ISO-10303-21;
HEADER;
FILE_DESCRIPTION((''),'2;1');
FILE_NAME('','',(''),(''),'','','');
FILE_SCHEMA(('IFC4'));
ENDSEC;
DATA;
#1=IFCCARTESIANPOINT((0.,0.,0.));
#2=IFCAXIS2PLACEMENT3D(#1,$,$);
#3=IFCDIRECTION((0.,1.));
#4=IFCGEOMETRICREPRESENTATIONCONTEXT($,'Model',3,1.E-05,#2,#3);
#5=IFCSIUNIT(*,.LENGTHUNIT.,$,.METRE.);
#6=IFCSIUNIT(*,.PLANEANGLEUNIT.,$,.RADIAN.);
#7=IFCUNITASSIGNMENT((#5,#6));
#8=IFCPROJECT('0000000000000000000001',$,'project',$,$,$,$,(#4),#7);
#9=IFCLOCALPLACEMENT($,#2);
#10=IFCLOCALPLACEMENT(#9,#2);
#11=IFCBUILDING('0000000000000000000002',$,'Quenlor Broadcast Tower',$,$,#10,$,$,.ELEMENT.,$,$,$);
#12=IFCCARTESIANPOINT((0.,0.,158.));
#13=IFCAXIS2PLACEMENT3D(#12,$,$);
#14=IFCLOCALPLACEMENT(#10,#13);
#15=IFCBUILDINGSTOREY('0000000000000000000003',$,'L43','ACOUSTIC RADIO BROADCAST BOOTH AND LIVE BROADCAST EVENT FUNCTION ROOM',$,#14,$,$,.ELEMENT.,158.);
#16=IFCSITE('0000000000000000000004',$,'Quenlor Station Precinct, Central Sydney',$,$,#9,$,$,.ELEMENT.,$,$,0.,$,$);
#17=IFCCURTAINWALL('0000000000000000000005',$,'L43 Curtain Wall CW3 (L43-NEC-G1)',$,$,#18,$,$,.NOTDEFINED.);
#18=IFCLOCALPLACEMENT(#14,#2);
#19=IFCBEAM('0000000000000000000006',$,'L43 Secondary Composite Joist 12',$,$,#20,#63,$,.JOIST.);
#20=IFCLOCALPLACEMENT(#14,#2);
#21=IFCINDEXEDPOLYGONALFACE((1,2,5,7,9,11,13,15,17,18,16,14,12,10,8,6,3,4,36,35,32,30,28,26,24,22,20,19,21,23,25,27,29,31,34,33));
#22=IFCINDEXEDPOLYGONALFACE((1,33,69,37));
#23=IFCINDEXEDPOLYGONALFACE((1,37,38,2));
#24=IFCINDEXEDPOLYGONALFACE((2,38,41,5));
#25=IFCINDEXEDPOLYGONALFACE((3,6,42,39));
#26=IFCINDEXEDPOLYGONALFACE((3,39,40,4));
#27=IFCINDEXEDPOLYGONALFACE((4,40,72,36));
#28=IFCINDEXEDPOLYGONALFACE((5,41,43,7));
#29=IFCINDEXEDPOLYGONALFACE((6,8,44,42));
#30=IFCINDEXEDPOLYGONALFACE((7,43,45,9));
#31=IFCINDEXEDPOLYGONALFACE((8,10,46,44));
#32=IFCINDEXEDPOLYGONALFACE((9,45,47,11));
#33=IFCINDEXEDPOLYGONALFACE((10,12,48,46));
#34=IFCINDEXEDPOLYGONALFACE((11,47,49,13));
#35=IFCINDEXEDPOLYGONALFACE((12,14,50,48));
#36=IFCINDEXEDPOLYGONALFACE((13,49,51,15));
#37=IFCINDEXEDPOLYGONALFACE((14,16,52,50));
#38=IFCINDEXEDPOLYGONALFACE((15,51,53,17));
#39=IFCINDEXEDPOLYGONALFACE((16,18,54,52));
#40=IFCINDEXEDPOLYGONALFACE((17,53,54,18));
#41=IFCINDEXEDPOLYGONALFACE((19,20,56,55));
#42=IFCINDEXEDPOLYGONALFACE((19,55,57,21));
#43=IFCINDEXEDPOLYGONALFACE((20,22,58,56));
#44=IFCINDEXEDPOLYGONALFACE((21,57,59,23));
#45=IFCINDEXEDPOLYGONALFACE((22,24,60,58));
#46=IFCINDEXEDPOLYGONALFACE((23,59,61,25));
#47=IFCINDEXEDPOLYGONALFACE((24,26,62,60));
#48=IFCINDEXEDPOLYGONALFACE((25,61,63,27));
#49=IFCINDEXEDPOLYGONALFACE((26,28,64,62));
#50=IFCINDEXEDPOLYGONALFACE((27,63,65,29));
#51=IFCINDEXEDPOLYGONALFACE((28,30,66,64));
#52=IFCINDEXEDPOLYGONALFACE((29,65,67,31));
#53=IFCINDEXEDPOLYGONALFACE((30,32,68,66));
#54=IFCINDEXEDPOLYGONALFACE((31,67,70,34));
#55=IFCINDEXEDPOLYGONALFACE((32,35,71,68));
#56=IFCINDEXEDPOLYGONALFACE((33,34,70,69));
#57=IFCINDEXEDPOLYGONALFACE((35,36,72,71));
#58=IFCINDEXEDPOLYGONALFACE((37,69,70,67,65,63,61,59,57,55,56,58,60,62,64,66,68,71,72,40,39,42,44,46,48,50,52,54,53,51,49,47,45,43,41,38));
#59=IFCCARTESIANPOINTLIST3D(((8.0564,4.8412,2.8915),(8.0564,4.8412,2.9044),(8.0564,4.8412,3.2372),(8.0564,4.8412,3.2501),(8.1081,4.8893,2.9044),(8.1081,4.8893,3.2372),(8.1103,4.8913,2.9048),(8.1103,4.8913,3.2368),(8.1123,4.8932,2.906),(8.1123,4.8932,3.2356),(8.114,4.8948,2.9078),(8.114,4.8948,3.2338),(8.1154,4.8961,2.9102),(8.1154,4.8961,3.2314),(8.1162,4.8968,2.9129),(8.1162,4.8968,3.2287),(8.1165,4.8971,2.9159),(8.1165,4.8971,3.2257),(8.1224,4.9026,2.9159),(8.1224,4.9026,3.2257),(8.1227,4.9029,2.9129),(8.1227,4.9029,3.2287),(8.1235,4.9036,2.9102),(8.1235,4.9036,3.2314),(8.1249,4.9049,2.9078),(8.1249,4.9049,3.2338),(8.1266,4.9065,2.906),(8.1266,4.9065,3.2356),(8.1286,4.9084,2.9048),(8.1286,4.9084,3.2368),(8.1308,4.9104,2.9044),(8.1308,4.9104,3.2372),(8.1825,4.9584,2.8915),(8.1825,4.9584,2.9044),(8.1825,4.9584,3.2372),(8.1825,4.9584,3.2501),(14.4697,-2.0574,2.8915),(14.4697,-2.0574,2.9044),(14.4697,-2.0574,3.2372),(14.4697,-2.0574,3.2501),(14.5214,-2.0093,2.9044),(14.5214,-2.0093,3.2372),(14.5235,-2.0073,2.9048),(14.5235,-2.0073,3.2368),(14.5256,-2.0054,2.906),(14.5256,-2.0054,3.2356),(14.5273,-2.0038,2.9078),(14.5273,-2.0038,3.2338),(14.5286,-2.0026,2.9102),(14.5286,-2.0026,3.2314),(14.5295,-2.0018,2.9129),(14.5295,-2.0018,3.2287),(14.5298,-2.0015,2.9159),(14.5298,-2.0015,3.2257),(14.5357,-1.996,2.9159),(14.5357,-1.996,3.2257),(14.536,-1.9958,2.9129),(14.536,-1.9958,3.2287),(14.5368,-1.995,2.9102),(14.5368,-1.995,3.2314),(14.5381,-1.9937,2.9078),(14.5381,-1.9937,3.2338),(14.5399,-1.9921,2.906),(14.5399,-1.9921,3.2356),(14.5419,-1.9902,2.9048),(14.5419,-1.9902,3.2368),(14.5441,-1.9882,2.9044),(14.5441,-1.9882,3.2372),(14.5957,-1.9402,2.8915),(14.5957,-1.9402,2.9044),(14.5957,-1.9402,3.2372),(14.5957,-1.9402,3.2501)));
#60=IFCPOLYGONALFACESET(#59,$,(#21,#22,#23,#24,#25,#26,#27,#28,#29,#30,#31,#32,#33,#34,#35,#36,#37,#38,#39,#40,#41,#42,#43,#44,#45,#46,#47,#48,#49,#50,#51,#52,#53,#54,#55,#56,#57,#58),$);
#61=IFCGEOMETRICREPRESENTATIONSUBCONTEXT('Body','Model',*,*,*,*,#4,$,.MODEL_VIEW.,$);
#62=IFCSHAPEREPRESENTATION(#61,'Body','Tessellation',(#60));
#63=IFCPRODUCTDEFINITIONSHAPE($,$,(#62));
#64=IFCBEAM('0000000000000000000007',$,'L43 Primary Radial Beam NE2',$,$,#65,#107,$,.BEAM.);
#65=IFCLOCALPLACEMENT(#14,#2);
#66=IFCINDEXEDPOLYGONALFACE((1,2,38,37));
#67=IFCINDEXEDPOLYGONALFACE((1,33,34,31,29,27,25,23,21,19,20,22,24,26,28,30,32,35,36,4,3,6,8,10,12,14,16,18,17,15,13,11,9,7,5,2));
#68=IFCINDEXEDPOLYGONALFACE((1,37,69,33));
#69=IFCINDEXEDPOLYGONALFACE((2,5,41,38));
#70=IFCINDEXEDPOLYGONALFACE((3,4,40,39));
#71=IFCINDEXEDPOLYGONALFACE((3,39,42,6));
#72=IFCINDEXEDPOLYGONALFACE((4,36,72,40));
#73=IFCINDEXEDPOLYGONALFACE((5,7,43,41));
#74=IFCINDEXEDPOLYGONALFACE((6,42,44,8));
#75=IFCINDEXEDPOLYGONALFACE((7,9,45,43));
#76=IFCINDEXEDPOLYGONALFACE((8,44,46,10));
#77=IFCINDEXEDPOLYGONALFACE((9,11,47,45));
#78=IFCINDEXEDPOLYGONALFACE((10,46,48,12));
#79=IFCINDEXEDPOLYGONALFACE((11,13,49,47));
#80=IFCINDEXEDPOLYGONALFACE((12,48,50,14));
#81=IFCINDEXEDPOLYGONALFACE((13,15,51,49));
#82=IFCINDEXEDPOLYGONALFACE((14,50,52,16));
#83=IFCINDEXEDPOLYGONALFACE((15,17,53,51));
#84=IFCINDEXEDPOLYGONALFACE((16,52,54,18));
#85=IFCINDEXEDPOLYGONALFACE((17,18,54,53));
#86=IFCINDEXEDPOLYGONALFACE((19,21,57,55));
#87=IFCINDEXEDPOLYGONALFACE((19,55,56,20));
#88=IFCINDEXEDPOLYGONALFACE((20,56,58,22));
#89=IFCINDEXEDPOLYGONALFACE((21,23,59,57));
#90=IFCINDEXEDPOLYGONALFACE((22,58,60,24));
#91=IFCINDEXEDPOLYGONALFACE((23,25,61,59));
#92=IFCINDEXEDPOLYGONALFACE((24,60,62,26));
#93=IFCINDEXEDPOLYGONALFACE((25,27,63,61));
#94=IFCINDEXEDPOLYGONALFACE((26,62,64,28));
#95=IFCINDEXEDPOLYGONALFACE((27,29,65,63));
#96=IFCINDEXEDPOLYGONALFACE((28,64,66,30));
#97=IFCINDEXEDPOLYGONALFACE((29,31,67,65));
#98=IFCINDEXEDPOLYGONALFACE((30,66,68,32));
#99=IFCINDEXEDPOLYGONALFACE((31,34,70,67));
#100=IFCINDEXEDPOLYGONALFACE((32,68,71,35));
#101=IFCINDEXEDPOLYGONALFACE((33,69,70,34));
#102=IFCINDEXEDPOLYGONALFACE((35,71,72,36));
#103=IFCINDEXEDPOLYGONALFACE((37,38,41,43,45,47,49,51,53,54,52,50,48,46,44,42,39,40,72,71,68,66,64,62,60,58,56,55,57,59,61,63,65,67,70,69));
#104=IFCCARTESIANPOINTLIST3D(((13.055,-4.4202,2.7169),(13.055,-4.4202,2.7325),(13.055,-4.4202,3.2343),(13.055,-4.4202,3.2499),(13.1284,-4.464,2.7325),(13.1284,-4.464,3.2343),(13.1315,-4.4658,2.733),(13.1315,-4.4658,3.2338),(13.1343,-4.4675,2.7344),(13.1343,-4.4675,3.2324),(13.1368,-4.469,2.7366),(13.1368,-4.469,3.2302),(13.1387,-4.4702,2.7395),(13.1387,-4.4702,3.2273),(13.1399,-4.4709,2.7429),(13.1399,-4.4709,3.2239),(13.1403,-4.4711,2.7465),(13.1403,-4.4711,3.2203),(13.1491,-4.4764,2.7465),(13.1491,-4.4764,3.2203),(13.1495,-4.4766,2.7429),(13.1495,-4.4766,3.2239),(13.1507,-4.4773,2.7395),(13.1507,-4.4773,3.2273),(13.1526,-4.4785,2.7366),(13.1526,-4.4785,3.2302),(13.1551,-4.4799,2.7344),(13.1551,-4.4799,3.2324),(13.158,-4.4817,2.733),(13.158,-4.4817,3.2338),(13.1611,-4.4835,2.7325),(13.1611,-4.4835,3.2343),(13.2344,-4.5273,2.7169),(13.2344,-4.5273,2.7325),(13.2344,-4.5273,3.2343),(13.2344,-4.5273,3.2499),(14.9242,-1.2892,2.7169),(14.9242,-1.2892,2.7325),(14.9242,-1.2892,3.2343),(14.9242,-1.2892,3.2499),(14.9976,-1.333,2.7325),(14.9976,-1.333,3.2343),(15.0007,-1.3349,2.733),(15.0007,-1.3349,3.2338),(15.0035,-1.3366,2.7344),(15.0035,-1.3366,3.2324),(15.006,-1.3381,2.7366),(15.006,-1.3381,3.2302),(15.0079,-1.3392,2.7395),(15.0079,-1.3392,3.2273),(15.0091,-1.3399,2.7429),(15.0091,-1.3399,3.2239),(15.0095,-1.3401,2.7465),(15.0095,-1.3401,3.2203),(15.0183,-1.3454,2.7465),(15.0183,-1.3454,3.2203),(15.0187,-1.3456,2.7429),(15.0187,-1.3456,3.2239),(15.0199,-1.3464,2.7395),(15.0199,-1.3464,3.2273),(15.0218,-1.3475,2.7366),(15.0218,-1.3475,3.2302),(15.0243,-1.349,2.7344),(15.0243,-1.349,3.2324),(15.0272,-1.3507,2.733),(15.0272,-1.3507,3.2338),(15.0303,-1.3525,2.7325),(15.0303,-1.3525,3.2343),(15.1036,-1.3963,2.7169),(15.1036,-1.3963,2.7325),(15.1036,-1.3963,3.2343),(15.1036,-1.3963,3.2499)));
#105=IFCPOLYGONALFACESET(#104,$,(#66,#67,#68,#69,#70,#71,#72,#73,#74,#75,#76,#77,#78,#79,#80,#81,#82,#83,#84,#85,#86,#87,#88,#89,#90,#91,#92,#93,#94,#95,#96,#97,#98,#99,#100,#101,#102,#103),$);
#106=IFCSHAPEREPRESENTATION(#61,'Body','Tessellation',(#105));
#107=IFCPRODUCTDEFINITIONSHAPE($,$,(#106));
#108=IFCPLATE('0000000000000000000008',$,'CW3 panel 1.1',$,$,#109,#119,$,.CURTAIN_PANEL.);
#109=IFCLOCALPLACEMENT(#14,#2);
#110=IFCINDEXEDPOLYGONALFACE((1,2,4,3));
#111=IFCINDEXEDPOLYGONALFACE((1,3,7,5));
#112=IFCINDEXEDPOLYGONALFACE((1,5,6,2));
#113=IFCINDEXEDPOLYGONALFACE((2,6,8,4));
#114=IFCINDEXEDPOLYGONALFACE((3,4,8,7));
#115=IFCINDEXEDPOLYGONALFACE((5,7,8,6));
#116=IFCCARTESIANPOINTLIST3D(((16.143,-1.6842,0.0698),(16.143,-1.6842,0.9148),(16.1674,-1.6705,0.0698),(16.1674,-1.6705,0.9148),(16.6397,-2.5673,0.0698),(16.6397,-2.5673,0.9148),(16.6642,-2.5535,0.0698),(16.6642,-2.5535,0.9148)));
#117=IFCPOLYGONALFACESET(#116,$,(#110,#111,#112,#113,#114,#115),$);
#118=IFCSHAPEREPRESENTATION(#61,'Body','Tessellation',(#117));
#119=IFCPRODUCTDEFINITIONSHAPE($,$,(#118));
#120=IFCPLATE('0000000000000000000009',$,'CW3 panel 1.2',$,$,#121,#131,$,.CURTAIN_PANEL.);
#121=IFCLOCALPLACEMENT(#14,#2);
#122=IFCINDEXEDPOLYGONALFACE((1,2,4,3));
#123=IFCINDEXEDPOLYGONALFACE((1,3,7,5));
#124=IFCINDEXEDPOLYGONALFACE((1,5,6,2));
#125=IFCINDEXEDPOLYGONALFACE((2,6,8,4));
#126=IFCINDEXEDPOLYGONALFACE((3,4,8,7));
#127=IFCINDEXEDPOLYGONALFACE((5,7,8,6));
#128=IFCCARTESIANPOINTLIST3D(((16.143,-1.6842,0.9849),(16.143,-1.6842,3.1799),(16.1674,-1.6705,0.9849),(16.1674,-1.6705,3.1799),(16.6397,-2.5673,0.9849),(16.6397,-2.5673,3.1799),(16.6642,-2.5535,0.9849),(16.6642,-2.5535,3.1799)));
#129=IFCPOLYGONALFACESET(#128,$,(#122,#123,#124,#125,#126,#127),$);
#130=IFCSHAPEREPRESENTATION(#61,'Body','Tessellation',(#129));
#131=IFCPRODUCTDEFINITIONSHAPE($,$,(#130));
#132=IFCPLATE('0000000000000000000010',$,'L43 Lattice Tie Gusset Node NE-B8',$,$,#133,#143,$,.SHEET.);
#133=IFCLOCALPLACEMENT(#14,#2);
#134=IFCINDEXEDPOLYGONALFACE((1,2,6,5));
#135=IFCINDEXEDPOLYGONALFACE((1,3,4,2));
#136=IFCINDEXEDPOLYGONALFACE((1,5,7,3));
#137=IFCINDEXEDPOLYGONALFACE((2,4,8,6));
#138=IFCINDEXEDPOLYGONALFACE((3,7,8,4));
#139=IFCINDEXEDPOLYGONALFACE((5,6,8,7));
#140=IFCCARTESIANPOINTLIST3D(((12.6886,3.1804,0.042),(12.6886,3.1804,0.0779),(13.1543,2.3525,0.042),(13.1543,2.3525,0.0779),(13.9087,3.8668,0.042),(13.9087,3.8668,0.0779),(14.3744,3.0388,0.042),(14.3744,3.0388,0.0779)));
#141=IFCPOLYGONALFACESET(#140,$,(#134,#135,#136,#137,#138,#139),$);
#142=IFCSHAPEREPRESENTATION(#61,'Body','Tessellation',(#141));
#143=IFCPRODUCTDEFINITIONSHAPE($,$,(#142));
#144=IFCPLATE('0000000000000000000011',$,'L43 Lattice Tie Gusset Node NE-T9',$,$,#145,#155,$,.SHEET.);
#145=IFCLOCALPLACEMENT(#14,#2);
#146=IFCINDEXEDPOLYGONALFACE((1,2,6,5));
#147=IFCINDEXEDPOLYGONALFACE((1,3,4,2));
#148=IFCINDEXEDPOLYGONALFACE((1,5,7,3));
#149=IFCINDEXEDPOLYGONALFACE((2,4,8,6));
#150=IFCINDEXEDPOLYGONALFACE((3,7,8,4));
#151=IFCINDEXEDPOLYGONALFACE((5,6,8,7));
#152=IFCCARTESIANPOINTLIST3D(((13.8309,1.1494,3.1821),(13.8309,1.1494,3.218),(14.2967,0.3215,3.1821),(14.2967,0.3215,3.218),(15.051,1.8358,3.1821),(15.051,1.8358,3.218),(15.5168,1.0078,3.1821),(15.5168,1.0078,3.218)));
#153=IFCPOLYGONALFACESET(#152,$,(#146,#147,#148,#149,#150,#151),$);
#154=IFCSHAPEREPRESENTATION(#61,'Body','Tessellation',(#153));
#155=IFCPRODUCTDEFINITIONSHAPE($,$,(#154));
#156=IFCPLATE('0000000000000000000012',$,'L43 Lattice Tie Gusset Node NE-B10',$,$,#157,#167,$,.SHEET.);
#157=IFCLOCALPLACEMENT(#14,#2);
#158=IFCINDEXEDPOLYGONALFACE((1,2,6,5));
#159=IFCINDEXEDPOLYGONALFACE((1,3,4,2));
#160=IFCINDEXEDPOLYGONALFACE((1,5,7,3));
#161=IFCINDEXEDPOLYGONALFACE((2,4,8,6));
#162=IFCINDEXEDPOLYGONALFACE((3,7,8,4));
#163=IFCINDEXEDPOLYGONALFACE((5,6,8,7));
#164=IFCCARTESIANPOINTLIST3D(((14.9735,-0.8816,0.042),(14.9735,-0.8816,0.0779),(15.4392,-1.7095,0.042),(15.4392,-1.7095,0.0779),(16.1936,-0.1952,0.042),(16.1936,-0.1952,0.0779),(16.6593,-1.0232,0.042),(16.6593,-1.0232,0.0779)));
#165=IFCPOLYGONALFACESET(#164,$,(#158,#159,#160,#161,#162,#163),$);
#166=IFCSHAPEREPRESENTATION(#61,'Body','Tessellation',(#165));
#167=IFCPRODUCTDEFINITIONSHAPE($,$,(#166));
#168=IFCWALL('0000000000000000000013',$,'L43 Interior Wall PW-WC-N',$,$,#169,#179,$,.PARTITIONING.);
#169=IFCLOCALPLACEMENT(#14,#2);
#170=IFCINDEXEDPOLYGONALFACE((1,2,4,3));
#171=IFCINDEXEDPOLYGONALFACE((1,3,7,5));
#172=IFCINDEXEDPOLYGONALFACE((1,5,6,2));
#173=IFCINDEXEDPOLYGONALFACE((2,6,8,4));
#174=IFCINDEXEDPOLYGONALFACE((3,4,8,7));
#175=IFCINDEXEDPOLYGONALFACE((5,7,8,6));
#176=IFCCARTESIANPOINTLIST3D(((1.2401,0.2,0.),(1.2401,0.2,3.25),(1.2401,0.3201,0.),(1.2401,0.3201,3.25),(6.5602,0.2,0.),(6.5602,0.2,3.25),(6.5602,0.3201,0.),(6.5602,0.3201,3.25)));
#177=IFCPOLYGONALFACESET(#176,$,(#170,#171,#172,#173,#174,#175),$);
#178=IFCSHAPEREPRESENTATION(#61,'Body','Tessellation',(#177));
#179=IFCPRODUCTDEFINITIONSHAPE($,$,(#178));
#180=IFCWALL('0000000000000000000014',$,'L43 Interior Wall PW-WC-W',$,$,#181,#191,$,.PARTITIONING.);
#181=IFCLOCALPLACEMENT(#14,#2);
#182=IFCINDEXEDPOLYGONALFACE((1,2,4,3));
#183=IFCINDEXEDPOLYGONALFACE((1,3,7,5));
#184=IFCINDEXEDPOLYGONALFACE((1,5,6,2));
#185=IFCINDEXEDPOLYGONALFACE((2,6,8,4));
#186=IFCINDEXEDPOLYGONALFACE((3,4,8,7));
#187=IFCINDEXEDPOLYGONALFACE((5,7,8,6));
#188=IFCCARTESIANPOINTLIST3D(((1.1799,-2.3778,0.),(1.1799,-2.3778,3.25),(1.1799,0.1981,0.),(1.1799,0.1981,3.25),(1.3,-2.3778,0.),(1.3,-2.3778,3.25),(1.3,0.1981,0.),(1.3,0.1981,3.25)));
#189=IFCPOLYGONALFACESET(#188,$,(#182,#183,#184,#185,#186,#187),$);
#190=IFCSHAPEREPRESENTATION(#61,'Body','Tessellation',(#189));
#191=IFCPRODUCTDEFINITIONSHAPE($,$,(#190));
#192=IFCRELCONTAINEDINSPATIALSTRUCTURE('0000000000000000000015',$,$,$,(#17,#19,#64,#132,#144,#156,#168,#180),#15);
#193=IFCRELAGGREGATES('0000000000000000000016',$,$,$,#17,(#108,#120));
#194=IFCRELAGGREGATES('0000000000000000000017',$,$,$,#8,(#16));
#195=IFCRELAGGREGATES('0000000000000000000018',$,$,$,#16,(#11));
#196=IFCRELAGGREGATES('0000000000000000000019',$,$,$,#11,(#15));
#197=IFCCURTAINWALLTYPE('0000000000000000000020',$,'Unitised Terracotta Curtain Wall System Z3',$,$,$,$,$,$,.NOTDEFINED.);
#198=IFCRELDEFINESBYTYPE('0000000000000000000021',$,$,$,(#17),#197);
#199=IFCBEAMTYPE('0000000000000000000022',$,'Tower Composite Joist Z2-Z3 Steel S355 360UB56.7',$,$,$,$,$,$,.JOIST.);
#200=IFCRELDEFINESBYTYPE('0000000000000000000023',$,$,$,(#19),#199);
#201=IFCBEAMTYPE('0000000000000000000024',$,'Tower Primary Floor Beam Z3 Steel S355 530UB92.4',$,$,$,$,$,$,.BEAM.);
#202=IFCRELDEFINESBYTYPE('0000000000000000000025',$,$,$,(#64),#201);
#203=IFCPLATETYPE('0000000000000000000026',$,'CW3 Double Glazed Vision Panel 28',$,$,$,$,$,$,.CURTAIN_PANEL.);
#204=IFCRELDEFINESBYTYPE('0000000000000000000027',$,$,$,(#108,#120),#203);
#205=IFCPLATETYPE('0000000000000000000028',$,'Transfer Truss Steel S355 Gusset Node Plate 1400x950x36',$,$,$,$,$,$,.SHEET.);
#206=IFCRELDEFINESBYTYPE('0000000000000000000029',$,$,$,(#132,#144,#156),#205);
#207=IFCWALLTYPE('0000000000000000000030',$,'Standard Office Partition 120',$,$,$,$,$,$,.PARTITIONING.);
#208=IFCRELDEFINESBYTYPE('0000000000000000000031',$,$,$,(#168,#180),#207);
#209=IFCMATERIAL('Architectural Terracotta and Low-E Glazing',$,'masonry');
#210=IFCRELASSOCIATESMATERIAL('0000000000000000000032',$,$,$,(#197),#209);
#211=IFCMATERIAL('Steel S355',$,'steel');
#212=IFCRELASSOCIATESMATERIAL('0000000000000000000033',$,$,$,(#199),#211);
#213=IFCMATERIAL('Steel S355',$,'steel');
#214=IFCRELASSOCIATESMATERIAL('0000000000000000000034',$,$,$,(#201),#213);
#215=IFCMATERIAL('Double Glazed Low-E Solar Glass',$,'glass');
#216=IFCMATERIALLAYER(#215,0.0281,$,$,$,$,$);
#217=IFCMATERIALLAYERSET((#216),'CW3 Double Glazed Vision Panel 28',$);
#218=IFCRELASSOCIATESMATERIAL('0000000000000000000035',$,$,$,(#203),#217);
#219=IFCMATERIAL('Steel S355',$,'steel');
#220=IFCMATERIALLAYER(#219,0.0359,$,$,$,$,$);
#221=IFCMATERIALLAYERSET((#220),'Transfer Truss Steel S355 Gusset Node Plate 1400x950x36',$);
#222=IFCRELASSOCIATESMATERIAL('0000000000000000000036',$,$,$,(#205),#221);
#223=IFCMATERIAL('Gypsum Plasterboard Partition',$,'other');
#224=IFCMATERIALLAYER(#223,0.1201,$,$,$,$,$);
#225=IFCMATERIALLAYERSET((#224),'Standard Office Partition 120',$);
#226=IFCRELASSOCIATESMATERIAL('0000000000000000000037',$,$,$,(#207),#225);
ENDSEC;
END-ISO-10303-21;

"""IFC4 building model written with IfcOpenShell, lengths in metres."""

from ifc_helpers import new_model, si_unit, direction, frame, frame_2d, origin, origin_2d, place, context, subcontext, project, spatial, rectangle, i_section, extrude, material, layer, layer_set, material_profile, profile_set, type_object, element, aggregate, save


model = new_model("IFC4")

# Units and contexts
model_context = context("Model", 3, precision=1e-05, world=origin(), true_north=direction((0.0, 1.0)))
body_context = subcontext(model_context, "Body", "Model", "MODEL_VIEW")
ifc_project = project(units=[si_unit("LENGTHUNIT", "METRE"), si_unit("PLANEANGLEUNIT", "RADIAN")], contexts=[model_context])

# Site, building, storey
site_placement = place(None, origin())
site = spatial("IfcSite", under=ifc_project, at=site_placement, Name="Quenlor Station Precinct, Central Sydney", CompositionType="ELEMENT", RefElevation=0.0)
building_placement = place(site_placement, origin())
building = spatial("IfcBuilding", under=site, at=building_placement, Name="Quenlor Broadcast Tower", CompositionType="ELEMENT")
storey_placement = place(building_placement, frame((0.0, 0.0, 158.0)))
storey = spatial("IfcBuildingStorey", under=building, at=storey_placement, Name="L43", Description="ACOUSTIC RADIO BROADCAST BOOTH AND LIVE BROADCAST EVENT FUNCTION ROOM", CompositionType="ELEMENT", Elevation=158.0)

# Curtain wall
ifc_material_1 = material(Name="Architectural Terracotta and Low-E Glazing", Category="masonry")
curtain_wall_type = type_object("IfcCurtainWallType", Name="Unitised Terracotta Curtain Wall System Z3", PredefinedType="NOTDEFINED", material=ifc_material_1)
curtain_wall_placement = place(storey_placement, origin())
curtain_wall = element("IfcCurtainWall", 1, at=curtain_wall_placement, inside=storey, type_object=curtain_wall_type, Name="L43 Curtain Wall CW3 (L43-NEC-G1)", PredefinedType="NOTDEFINED")

# Beams
ifc_material_2 = material(Name="Steel S355", Category="steel")
ifc_material_profile_1 = material_profile(ifc_material_2, i_section(OverallWidth=0.1721, OverallDepth=0.3586, WebThickness=0.0081, FlangeThickness=0.0129, FilletRadius=0.0115, at=origin_2d()))
ifc_profile_set_1 = profile_set([ifc_material_profile_1], Name="Steel S355 360UB56.7")
beam_type_1 = type_object("IfcBeamType", Name="Tower Composite Joist Z2-Z3 Steel S355 360UB56.7", PredefinedType="JOIST", material=ifc_profile_set_1)
beam_1_placement = place(storey_placement, frame((14.5327, -1.9988, 3.0708), z_axis=(-0.680874, 0.732401, 0.0), x_axis=(-0.732401, -0.680874, 0.0)))
element("IfcBeam", 2, at=beam_1_placement, inside=storey, type_object=beam_type_1, Name="L43 Secondary Composite Joist 12", PredefinedType="JOIST", context=body_context, shape_type="SweptSolid", body=[
    extrude(i_section(OverallWidth=0.1721, OverallDepth=0.3586, WebThickness=0.0081, FlangeThickness=0.0129, FilletRadius=0.0115, at=origin_2d()), origin(), (0.0, 0.0, 1.0), 9.4192),
])
ifc_material_3 = material(Name="Steel S355", Category="steel")
ifc_material_profile_2 = material_profile(ifc_material_3, i_section(OverallWidth=0.209, OverallDepth=0.533, WebThickness=0.0103, FlangeThickness=0.0156, FilletRadius=0.0139, at=origin_2d()))
ifc_profile_set_2 = profile_set([ifc_material_profile_2], Name="Steel S355 530UB92.4")
beam_type_2 = type_object("IfcBeamType", Name="Tower Primary Floor Beam Z3 Steel S355 530UB92.4", PredefinedType="BEAM", material=ifc_profile_set_2)
beam_2_placement = place(storey_placement, frame((15.0139, -1.3428, 2.9834), z_axis=(-0.512604, -0.858625, 0.0), x_axis=(0.858625, -0.512604, 0.0)))
element("IfcBeam", 3, at=beam_2_placement, inside=storey, type_object=beam_type_2, Name="L43 Primary Radial Beam NE2", PredefinedType="BEAM", context=body_context, shape_type="SweptSolid", body=[
    extrude(i_section(OverallWidth=0.209, OverallDepth=0.533, WebThickness=0.0103, FlangeThickness=0.0156, FilletRadius=0.0139, at=origin_2d()), origin(), (0.0, 0.0, 1.0), 3.6465),
])

# Plates
ifc_material_4 = material(Name="Double Glazed Low-E Solar Glass", Category="glass")
ifc_layer_1 = layer(ifc_material_4, 0.0281)
ifc_layer_set_1 = layer_set([ifc_layer_1], Name="CW3 Double Glazed Vision Panel 28")
plate_type_1 = type_object("IfcPlateType", Name="CW3 Double Glazed Vision Panel 28", PredefinedType="CURTAIN_PANEL", material=ifc_layer_set_1)
plate_1_placement = place(storey_placement, frame((16.4036, -2.1189, 0.0698), z_axis=(0.0, 0.0, 1.0), x_axis=(0.490253, -0.87158, 0.0)))
plate_1 = element("IfcPlate", 4, at=plate_1_placement, type_object=plate_type_1, Name="CW3 panel 1.1", PredefinedType="CURTAIN_PANEL", context=body_context, shape_type="SweptSolid", body=[
    extrude(rectangle(XDim=1.0132, YDim=0.0281, at=origin_2d()), origin(), (0.0, 0.0, 1.0), 0.845),
])
plate_2_placement = place(storey_placement, frame((16.4036, -2.1189, 0.9849), z_axis=(0.0, 0.0, 1.0), x_axis=(0.490253, -0.87158, 0.0)))
plate_2 = element("IfcPlate", 5, at=plate_2_placement, type_object=plate_type_1, Name="CW3 panel 1.2", PredefinedType="CURTAIN_PANEL", context=body_context, shape_type="SweptSolid", body=[
    extrude(rectangle(XDim=1.0132, YDim=0.0281, at=origin_2d()), origin(), (0.0, 0.0, 1.0), 2.1951),
])
aggregate(curtain_wall, [plate_1, plate_2])

# Plates
ifc_material_5 = material(Name="Steel S355", Category="steel")
ifc_layer_2 = layer(ifc_material_5, 0.0359)
ifc_layer_set_2 = layer_set([ifc_layer_2], Name="Transfer Truss Steel S355 Gusset Node Plate 1400x950x36")
plate_type_2 = type_object("IfcPlateType", Name="Transfer Truss Steel S355 Gusset Node Plate 1400x950x36", PredefinedType="SHEET", material=ifc_layer_set_2)
for number, where, z_axis, x_axis, name in (
    (6, (13.5315, 3.1096, 0.042), (0.0, 0.0, 1.0), (0.871556, 0.490295, 0.0), "L43 Lattice Tie Gusset Node NE-B8"),
    (7, (14.6738, 1.0786, 3.1821), (0.0, 0.0, 1.0), (0.871556, 0.490295, 0.0), "L43 Lattice Tie Gusset Node NE-T9"),
    (8, (15.8164, -0.9524, 0.042), (0.0, 0.0, 1.0), (0.871556, 0.490295, 0.0), "L43 Lattice Tie Gusset Node NE-B10"),
):
    element("IfcPlate", number, at=place(storey_placement, frame(where, z_axis=z_axis, x_axis=x_axis)), inside=storey, type_object=plate_type_2, Name=name, PredefinedType="SHEET", context=body_context, shape_type="SweptSolid", body=[
        extrude(rectangle(XDim=1.3999, YDim=0.95, at=origin_2d()), origin(), (0.0, 0.0, 1.0), 0.0359),
    ])

# Shared definitions
ifc_material_6 = material(Name="Gypsum Plasterboard Partition", Category="other")
ifc_layer_3 = layer(ifc_material_6, 0.1201)
ifc_layer_set_3 = layer_set([ifc_layer_3], Name="Standard Office Partition 120")
wall_type_1 = type_object("IfcWallType", Name="Standard Office Partition 120", PredefinedType="PARTITIONING", material=ifc_layer_set_3)

# Walls
wall_1_placement = place(storey_placement, frame((1.24, 0.26, 0.0), z_axis=(0.0, 0.0, 1.0), x_axis=(1.0, 0.0, 0.0)))
element("IfcWall", 9, at=wall_1_placement, inside=storey, type_object=wall_type_1, Name="L43 Interior Wall PW-WC-N", PredefinedType="PARTITIONING", context=body_context, shape_type="SweptSolid", body=[
    extrude(rectangle(XDim=5.3201, YDim=0.1201, at=frame_2d((2.6602, 0.0))), origin(), (0.0, 0.0, 1.0), 3.25),
])
for number, where, z_axis, x_axis, name in (
    (10, (1.24, -2.3779, 0.0), (0.0, 0.0, 1.0), (0.0, 1.0, 0.0), "L43 Interior Wall PW-WC-W"),
):
    element("IfcWall", number, at=place(storey_placement, frame(where, z_axis=z_axis, x_axis=x_axis)), inside=storey, type_object=wall_type_1, Name=name, PredefinedType="PARTITIONING", context=body_context, shape_type="SweptSolid", body=[
        extrude(rectangle(XDim=2.5759, YDim=0.1201, at=frame_2d((1.2881, 0.0))), origin(), (0.0, 0.0, 1.0), 3.25),
    ])

save(model, "model.ifc")
